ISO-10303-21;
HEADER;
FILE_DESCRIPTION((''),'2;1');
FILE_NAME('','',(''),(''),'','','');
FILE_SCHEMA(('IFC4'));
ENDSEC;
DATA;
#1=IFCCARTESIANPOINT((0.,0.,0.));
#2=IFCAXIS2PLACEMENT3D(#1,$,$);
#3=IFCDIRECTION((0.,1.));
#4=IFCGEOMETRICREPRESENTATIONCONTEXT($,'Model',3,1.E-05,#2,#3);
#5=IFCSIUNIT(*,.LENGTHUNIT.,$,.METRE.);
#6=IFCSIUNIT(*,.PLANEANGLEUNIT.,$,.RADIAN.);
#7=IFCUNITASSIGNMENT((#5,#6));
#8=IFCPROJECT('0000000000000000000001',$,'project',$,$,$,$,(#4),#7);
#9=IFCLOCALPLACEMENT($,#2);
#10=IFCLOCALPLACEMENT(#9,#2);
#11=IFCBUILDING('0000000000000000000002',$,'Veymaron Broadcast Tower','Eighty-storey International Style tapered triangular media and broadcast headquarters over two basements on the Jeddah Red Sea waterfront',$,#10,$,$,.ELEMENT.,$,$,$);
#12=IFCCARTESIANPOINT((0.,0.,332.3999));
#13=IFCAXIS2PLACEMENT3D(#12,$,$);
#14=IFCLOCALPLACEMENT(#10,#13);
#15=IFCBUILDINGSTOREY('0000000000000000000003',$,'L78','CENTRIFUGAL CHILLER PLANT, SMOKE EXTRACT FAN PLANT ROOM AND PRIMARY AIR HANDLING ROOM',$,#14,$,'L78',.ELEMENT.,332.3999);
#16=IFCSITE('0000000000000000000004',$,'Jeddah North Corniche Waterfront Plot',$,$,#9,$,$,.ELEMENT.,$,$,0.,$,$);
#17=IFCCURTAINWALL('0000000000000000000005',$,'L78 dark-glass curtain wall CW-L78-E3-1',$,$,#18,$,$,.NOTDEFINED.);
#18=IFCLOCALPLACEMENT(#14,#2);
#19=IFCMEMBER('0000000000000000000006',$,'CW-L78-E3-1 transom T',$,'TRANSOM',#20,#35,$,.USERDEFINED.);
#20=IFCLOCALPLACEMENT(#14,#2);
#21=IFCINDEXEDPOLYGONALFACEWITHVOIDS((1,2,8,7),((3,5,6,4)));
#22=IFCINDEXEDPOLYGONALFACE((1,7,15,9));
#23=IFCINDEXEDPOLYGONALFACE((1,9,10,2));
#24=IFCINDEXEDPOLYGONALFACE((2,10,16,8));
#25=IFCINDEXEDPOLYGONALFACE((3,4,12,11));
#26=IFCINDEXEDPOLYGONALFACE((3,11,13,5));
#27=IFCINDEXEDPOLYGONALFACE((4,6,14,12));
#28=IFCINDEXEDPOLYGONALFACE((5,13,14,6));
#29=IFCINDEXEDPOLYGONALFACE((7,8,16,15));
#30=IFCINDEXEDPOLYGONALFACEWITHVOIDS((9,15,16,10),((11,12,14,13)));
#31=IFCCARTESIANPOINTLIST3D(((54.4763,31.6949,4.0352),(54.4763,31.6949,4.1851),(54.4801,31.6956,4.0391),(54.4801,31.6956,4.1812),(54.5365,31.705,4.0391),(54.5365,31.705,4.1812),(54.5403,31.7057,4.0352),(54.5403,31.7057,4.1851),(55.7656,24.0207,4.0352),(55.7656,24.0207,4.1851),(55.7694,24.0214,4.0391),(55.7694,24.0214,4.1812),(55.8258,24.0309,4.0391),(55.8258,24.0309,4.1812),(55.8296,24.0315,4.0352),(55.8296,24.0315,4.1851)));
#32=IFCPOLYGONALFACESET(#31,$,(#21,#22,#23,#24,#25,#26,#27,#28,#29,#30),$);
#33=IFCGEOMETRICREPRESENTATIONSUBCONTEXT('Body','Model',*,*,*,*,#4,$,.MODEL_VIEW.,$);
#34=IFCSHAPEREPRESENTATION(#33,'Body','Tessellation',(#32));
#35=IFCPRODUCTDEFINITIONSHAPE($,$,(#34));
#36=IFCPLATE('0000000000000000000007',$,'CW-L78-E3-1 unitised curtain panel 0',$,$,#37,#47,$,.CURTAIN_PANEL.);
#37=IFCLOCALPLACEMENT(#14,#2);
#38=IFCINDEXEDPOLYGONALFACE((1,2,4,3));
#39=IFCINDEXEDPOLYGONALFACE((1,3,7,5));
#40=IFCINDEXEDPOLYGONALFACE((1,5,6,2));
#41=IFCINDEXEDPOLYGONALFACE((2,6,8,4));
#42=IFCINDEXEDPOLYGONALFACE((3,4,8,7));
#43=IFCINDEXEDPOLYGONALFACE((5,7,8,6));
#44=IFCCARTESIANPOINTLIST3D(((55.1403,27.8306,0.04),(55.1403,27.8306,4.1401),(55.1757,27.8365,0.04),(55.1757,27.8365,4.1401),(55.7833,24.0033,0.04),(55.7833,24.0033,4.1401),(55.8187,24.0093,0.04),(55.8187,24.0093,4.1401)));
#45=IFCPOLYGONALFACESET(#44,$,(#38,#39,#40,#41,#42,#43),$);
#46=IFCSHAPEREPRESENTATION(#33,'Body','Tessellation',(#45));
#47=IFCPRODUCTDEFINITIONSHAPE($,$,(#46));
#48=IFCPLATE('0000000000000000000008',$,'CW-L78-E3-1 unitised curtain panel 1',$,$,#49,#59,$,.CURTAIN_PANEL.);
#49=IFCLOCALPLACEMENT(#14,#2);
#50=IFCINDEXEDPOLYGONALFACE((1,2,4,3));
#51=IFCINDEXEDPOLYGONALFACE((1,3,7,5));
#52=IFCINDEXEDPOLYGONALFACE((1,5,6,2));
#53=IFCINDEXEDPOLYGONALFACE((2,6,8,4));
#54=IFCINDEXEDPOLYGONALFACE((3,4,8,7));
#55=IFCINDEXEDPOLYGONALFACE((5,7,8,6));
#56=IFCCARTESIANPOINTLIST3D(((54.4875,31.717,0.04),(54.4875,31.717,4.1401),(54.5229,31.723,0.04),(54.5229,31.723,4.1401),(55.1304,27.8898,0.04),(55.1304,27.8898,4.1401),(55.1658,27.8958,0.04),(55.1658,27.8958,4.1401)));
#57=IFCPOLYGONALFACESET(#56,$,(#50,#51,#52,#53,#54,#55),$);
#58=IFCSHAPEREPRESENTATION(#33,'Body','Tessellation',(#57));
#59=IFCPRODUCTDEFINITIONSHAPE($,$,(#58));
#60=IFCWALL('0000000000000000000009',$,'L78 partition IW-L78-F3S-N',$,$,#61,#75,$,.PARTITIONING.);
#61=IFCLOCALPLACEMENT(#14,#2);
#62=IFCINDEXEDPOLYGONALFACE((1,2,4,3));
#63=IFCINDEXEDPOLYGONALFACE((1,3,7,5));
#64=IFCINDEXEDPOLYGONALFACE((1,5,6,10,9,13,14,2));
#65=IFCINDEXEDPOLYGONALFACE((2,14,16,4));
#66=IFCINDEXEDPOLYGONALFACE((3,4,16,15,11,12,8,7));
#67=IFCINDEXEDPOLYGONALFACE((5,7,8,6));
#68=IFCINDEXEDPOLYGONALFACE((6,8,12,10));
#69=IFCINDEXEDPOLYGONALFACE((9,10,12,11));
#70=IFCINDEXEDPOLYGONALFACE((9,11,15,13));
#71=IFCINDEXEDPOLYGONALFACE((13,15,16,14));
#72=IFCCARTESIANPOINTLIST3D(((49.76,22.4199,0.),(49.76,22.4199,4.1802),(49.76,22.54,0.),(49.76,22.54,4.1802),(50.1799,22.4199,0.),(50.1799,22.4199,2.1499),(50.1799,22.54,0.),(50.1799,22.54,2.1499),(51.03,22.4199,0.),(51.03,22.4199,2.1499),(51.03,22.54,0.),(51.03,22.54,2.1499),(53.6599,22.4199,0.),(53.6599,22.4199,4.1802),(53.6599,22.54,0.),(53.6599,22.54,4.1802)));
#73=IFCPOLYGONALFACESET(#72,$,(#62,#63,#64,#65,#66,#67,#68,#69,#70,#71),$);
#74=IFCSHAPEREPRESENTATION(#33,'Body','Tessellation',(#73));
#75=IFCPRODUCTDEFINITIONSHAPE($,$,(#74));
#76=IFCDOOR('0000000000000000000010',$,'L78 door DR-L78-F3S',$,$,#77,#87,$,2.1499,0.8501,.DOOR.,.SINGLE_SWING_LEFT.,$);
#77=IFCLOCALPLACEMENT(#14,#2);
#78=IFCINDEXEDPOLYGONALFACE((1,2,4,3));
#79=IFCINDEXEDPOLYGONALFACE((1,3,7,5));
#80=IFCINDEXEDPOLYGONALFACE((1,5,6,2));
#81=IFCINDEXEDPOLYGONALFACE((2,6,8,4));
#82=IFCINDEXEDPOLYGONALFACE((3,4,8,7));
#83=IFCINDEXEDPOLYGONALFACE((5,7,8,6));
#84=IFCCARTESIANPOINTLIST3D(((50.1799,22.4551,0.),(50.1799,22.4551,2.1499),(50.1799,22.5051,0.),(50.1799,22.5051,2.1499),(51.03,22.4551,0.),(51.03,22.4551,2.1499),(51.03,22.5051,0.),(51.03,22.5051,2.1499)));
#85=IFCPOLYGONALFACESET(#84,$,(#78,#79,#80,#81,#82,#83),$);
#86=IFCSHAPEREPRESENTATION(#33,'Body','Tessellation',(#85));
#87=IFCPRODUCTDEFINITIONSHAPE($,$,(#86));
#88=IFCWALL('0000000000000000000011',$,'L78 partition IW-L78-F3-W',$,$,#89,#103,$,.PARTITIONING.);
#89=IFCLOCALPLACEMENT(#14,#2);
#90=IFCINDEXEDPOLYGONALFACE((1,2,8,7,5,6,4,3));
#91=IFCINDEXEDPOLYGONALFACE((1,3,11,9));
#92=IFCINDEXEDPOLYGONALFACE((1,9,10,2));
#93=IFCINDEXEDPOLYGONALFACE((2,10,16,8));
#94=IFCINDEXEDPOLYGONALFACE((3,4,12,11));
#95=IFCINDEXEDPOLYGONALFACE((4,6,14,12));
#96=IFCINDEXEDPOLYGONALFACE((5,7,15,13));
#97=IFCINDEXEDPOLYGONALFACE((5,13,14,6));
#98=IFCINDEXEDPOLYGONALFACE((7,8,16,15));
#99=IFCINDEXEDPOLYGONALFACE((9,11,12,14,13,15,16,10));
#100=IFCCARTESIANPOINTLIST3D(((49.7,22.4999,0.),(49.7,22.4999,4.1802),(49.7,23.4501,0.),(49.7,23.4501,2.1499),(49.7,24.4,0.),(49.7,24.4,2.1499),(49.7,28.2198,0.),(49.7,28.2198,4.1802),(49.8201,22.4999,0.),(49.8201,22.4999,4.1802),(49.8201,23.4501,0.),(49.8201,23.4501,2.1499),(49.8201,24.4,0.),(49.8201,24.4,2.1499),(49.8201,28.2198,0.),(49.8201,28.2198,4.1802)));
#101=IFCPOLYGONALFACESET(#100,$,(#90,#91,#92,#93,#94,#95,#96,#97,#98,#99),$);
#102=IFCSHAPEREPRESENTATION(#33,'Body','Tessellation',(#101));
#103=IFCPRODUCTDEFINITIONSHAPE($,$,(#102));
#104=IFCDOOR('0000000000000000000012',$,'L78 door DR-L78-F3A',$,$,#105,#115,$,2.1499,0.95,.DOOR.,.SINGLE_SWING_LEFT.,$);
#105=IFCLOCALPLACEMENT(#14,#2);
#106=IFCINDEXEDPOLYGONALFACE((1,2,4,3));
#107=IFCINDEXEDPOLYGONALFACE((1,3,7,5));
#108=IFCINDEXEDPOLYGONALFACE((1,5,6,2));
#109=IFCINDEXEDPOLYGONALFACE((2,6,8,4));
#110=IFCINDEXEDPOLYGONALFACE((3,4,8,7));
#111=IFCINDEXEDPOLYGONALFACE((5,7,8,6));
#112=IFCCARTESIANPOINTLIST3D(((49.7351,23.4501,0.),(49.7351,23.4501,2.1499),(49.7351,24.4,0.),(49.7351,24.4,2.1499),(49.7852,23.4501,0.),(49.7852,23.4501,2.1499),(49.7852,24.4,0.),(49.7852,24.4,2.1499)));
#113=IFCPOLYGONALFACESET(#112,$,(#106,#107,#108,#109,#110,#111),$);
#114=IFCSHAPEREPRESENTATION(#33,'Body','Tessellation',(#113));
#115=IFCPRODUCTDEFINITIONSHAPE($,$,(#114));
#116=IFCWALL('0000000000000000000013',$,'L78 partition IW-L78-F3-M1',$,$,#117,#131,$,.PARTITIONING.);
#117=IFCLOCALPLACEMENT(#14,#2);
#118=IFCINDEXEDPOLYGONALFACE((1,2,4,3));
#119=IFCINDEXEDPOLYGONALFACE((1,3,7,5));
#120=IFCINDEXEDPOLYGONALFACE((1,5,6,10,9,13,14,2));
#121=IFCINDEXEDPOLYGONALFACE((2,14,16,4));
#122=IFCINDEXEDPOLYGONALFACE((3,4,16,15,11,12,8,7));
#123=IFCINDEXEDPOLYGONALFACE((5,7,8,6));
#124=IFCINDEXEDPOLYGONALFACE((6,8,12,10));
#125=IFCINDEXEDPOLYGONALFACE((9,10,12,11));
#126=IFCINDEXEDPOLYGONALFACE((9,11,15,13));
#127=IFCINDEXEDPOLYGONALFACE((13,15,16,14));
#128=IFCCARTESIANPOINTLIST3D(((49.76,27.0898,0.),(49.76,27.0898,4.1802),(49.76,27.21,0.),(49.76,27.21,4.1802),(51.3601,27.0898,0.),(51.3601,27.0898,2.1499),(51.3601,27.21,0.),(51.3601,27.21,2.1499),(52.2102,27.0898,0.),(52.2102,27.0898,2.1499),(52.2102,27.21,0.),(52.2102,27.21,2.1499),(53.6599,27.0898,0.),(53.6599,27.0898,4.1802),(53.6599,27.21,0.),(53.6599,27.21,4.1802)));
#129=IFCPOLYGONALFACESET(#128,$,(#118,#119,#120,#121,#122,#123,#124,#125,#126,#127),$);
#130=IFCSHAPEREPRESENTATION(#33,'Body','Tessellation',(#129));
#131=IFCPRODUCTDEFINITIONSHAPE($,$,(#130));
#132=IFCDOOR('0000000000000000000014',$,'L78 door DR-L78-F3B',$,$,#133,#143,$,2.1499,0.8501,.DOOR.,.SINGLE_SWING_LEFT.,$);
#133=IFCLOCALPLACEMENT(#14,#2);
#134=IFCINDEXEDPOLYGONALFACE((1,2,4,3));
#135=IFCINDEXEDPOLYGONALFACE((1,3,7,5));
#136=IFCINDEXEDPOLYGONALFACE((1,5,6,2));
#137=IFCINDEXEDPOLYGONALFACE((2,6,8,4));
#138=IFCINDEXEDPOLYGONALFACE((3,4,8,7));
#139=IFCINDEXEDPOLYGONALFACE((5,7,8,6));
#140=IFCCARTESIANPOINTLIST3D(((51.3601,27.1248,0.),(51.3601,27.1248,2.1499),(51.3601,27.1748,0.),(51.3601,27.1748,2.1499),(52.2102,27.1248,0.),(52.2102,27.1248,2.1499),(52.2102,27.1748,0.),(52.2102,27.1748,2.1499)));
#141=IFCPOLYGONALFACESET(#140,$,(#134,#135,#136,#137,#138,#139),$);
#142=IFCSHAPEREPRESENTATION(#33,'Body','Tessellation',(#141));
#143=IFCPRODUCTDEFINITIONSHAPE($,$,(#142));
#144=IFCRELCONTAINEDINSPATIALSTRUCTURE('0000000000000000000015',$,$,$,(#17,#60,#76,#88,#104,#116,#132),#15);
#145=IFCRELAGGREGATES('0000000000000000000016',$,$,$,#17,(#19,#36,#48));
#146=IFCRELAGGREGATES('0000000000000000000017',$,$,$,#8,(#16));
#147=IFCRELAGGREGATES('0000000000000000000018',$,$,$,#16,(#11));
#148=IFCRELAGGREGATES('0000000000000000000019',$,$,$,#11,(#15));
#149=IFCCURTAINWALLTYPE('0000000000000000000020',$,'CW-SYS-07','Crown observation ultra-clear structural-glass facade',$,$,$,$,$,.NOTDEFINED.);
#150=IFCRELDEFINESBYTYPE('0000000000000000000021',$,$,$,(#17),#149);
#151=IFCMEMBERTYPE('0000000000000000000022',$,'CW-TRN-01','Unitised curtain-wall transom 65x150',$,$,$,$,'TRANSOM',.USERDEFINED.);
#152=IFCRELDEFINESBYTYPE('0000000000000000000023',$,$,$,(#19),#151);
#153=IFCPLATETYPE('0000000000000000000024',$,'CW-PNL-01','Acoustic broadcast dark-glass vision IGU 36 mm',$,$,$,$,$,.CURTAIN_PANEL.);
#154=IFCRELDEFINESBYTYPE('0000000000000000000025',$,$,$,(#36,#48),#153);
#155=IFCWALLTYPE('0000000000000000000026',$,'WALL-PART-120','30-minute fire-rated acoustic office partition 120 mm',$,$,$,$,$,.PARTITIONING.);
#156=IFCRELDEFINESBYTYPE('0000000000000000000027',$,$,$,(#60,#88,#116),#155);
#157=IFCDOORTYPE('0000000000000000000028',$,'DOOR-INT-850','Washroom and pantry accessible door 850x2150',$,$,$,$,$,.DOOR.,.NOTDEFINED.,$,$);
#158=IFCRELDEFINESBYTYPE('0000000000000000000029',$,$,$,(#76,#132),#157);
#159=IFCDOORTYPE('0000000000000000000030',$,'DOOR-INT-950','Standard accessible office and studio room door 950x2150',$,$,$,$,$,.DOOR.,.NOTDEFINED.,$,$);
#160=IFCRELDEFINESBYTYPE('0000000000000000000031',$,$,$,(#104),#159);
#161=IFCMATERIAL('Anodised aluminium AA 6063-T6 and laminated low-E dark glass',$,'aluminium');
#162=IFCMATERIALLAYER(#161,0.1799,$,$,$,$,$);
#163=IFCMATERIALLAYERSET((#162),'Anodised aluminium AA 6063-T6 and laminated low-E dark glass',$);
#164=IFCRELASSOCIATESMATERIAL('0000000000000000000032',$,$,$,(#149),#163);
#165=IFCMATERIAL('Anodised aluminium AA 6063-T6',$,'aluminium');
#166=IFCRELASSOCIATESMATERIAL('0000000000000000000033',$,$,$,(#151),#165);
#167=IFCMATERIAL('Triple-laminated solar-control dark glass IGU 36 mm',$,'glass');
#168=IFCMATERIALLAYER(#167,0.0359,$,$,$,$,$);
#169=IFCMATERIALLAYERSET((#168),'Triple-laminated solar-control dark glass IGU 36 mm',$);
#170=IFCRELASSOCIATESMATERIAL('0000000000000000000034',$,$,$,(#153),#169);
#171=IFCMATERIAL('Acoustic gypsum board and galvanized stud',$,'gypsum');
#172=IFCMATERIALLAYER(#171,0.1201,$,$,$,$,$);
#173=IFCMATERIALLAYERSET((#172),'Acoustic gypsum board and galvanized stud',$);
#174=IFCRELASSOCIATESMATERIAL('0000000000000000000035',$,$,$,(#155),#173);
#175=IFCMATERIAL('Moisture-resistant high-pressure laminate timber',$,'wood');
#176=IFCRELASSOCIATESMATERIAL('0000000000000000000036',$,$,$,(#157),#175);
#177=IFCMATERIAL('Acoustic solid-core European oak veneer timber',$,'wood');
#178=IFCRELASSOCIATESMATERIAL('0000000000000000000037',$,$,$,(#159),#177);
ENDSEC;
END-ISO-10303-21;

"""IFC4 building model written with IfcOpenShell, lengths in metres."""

from ifc_helpers import new_model, si_unit, direction, frame, frame_2d, origin, origin_2d, place, context, subcontext, project, spatial, rectangle, hollow_rectangle, extrude, material, layer, layer_set, material_profile, profile_set, type_object, element, fill, aggregate, save


model = new_model("IFC4")

# Units and contexts
model_context = context("Model", 3, precision=1e-05, world=origin(), true_north=direction((0.0, 1.0)))
body_context = subcontext(model_context, "Body", "Model", "MODEL_VIEW")
ifc_project = project(units=[si_unit("LENGTHUNIT", "METRE"), si_unit("PLANEANGLEUNIT", "RADIAN")], contexts=[model_context])

# Site, building, storey
site_placement = place(None, origin())
site = spatial("IfcSite", under=ifc_project, at=site_placement, Name="Jeddah North Corniche Waterfront Plot", CompositionType="ELEMENT", RefElevation=0.0)
building_placement = place(site_placement, origin())
building = spatial("IfcBuilding", under=site, at=building_placement, Name="Veymaron Broadcast Tower", Description="Eighty-storey International Style tapered triangular media and broadcast headquarters over two basements on the Jeddah Red Sea waterfront", CompositionType="ELEMENT")
storey_placement = place(building_placement, frame((0.0, 0.0, 332.3999)))
storey = spatial("IfcBuildingStorey", under=building, at=storey_placement, Name="L78", Description="CENTRIFUGAL CHILLER PLANT, SMOKE EXTRACT FAN PLANT ROOM AND PRIMARY AIR HANDLING ROOM", LongName="L78", CompositionType="ELEMENT", Elevation=332.3999)

# Shared definitions
ifc_material_1 = material(Name="Anodised aluminium AA 6063-T6 and laminated low-E dark glass", Category="aluminium")
ifc_layer_1 = layer(ifc_material_1, 0.1799)
ifc_layer_set_1 = layer_set([ifc_layer_1], Name="Anodised aluminium AA 6063-T6 and laminated low-E dark glass")
curtain_wall_type = type_object("IfcCurtainWallType", Name="CW-SYS-07", Description="Crown observation ultra-clear structural-glass facade", PredefinedType="NOTDEFINED", material=ifc_layer_set_1)
ifc_material_2 = material(Name="Anodised aluminium AA 6063-T6", Category="aluminium")

# Curtain wall, member, plates
curtain_wall_1_placement = place(storey_placement, origin())
curtain_wall_1 = element("IfcCurtainWall", 1, at=curtain_wall_1_placement, inside=storey, type_object=curtain_wall_type, Name="L78 dark-glass curtain wall CW-L78-E3-1", PredefinedType="NOTDEFINED")
ifc_material_profile_1 = material_profile(ifc_material_2, hollow_rectangle(XDim=0.0649, YDim=0.1499, WallThickness=0.0039, at=origin_2d()), Name="AL150X65X4")
ifc_profile_set_1 = profile_set([ifc_material_profile_1], Name="Anodised aluminium AA 6063-T6")
member_type_1 = type_object("IfcMemberType", Name="CW-TRN-01", Description="Unitised curtain-wall transom 65x150", ElementType="TRANSOM", PredefinedType="USERDEFINED", material=ifc_profile_set_1)
member_1_placement = place(storey_placement, frame((55.7976, 24.0261, 4.1101), z_axis=(-0.165686, 0.986179, 0.0), x_axis=(-0.986179, -0.165686, 0.0)))
member_1 = element("IfcMember", 2, at=member_1_placement, type_object=member_type_1, Name="CW-L78-E3-1 transom T", ObjectType="TRANSOM", PredefinedType="USERDEFINED", context=body_context, shape_type="SweptSolid", body=[
    extrude(hollow_rectangle(XDim=0.0649, YDim=0.1499, WallThickness=0.0039, at=origin_2d()), origin(), (0.0, 0.0, 1.0), 7.7817),
])
ifc_material_3 = material(Name="Triple-laminated solar-control dark glass IGU 36 mm", Category="glass")
ifc_layer_2 = layer(ifc_material_3, 0.0359)
ifc_layer_set_2 = layer_set([ifc_layer_2], Name="Triple-laminated solar-control dark glass IGU 36 mm")
plate_type = type_object("IfcPlateType", Name="CW-PNL-01", Description="Acoustic broadcast dark-glass vision IGU 36 mm", PredefinedType="CURTAIN_PANEL", material=ifc_layer_set_2)
plate_1_placement = place(storey_placement, frame((55.4795, 25.9199, 0.04), z_axis=(0.0, 0.0, 1.0), x_axis=(-0.165667, 0.986182, 0.0)))
plate_1 = element("IfcPlate", 3, at=plate_1_placement, type_object=plate_type, Name="CW-L78-E3-1 unitised curtain panel 0", PredefinedType="CURTAIN_PANEL", context=body_context, shape_type="SweptSolid", body=[
    extrude(rectangle(XDim=3.8809, YDim=0.0359, at=origin_2d()), origin(), (0.0, 0.0, 1.0), 4.1001),
])
plate_2_placement = place(storey_placement, frame((54.8267, 29.8064, 0.04), z_axis=(0.0, 0.0, 1.0), x_axis=(-0.165667, 0.986182, 0.0)))
plate_2 = element("IfcPlate", 4, at=plate_2_placement, type_object=plate_type, Name="CW-L78-E3-1 unitised curtain panel 1", PredefinedType="CURTAIN_PANEL", context=body_context, shape_type="SweptSolid", body=[
    extrude(rectangle(XDim=3.8809, YDim=0.0359, at=origin_2d()), origin(), (0.0, 0.0, 1.0), 4.1001),
])
aggregate(curtain_wall_1, [member_1, plate_1, plate_2])

# Walls, openings, doors
ifc_material_4 = material(Name="Acoustic gypsum board and galvanized stud", Category="gypsum")
ifc_layer_3 = layer(ifc_material_4, 0.1201)
ifc_layer_set_3 = layer_set([ifc_layer_3], Name="Acoustic gypsum board and galvanized stud")
wall_type = type_object("IfcWallType", Name="WALL-PART-120", Description="30-minute fire-rated acoustic office partition 120 mm", PredefinedType="PARTITIONING", material=ifc_layer_set_3)
wall_1_placement = place(storey_placement, frame((49.76, 22.48, 0.0), z_axis=(0.0, 0.0, 1.0), x_axis=(1.0, 0.0, 0.0)))
wall_1 = element("IfcWall", 5, at=wall_1_placement, inside=storey, type_object=wall_type, Name="L78 partition IW-L78-F3S-N", PredefinedType="PARTITIONING", context=body_context, shape_type="SweptSolid", body=[
    extrude(rectangle(XDim=3.8999, YDim=0.1201, at=frame_2d((1.95, 0.0))), origin(), (0.0, 0.0, 1.0), 4.1802),
])
opening_1_placement = place(wall_1_placement, frame((0.4199, 0.0, 0.0)))
opening_1 = element("IfcOpeningElement", 6, at=opening_1_placement, cuts=wall_1, PredefinedType="OPENING", context=body_context, shape_type="SweptSolid", body=[
    extrude(rectangle(XDim=0.8501, YDim=2.1499, at=frame_2d((0.425, 1.075))), frame((0.0, 0.0701, 0.0), z_axis=(0.0, -1.0, 0.0), x_axis=(1.0, 0.0, 0.0)), (0.0, 0.0, 1.0), 0.1401),
])
ifc_material_5 = material(Name="Moisture-resistant high-pressure laminate timber", Category="wood")
door_type_1 = type_object("IfcDoorType", Name="DOOR-INT-850", Description="Washroom and pantry accessible door 850x2150", OperationType="NOTDEFINED", PredefinedType="DOOR", material=ifc_material_5)
door_1_placement = place(opening_1_placement, frame((0.8501, 0.0, 0.0), z_axis=(0.0, 0.0, 1.0), x_axis=(-1.0, 0.0, 0.0)))
door_1 = element("IfcDoor", 7, at=door_1_placement, inside=storey, type_object=door_type_1, Name="L78 door DR-L78-F3S", OperationType="SINGLE_SWING_LEFT", OverallHeight=2.1499, OverallWidth=0.8501, PredefinedType="DOOR", context=body_context, shape_type="SweptSolid", body=[
    extrude(rectangle(XDim=0.8501, YDim=2.1499, at=frame_2d((0.425, 1.075))), frame((0.0, 0.0249, 0.0), z_axis=(0.0, -1.0, 0.0), x_axis=(1.0, 0.0, 0.0)), (0.0, 0.0, 1.0), 0.05),
])
fill(opening_1, door_1)
wall_2_placement = place(storey_placement, frame((49.76, 22.5, 0.0), z_axis=(0.0, 0.0, 1.0), x_axis=(0.0, 1.0, 0.0)))
wall_2 = element("IfcWall", 8, at=wall_2_placement, inside=storey, type_object=wall_type, Name="L78 partition IW-L78-F3-W", PredefinedType="PARTITIONING", context=body_context, shape_type="SweptSolid", body=[
    extrude(rectangle(XDim=5.72, YDim=0.1201, at=frame_2d((2.8599, 0.0))), origin(), (0.0, 0.0, 1.0), 4.1802),
])
opening_2_placement = place(wall_2_placement, frame((0.95, 0.0, 0.0)))
opening_2 = element("IfcOpeningElement", 9, at=opening_2_placement, cuts=wall_2, PredefinedType="OPENING", context=body_context, shape_type="SweptSolid", body=[
    extrude(rectangle(XDim=0.95, YDim=2.1499, at=frame_2d((0.4751, 1.075))), frame((0.0, 0.0701, 0.0), z_axis=(0.0, -1.0, 0.0), x_axis=(1.0, 0.0, 0.0)), (0.0, 0.0, 1.0), 0.1401),
])
ifc_material_6 = material(Name="Acoustic solid-core European oak veneer timber", Category="wood")
door_type_2 = type_object("IfcDoorType", Name="DOOR-INT-950", Description="Standard accessible office and studio room door 950x2150", OperationType="NOTDEFINED", PredefinedType="DOOR", material=ifc_material_6)
door_2_placement = place(opening_2_placement, origin())
door_2 = element("IfcDoor", 10, at=door_2_placement, inside=storey, type_object=door_type_2, Name="L78 door DR-L78-F3A", OperationType="SINGLE_SWING_LEFT", OverallHeight=2.1499, OverallWidth=0.95, PredefinedType="DOOR", context=body_context, shape_type="SweptSolid", body=[
    extrude(rectangle(XDim=0.95, YDim=2.1499, at=frame_2d((0.4751, 1.075))), frame((0.0, 0.0249, 0.0), z_axis=(0.0, -1.0, 0.0), x_axis=(1.0, 0.0, 0.0)), (0.0, 0.0, 1.0), 0.05),
])
fill(opening_2, door_2)
wall_3_placement = place(storey_placement, frame((49.76, 27.1499, 0.0), z_axis=(0.0, 0.0, 1.0), x_axis=(1.0, 0.0, 0.0)))
wall_3 = element("IfcWall", 11, at=wall_3_placement, inside=storey, type_object=wall_type, Name="L78 partition IW-L78-F3-M1", PredefinedType="PARTITIONING", context=body_context, shape_type="SweptSolid", body=[
    extrude(rectangle(XDim=3.8999, YDim=0.1201, at=frame_2d((1.95, 0.0))), origin(), (0.0, 0.0, 1.0), 4.1802),
])
opening_3_placement = place(wall_3_placement, frame((1.6001, 0.0, 0.0)))
opening_3 = element("IfcOpeningElement", 12, at=opening_3_placement, cuts=wall_3, PredefinedType="OPENING", context=body_context, shape_type="SweptSolid", body=[
    extrude(rectangle(XDim=0.8501, YDim=2.1499, at=frame_2d((0.425, 1.075))), frame((0.0, 0.0701, 0.0), z_axis=(0.0, -1.0, 0.0), x_axis=(1.0, 0.0, 0.0)), (0.0, 0.0, 1.0), 0.1401),
])
door_3_placement = place(opening_3_placement, origin())
door_3 = element("IfcDoor", 13, at=door_3_placement, inside=storey, type_object=door_type_1, Name="L78 door DR-L78-F3B", OperationType="SINGLE_SWING_LEFT", OverallHeight=2.1499, OverallWidth=0.8501, PredefinedType="DOOR", context=body_context, shape_type="SweptSolid", body=[
    extrude(rectangle(XDim=0.8501, YDim=2.1499, at=frame_2d((0.425, 1.075))), frame((0.0, 0.0249, 0.0), z_axis=(0.0, -1.0, 0.0), x_axis=(1.0, 0.0, 0.0)), (0.0, 0.0, 1.0), 0.05),
])
fill(opening_3, door_3)

save(model, "model.ifc")
